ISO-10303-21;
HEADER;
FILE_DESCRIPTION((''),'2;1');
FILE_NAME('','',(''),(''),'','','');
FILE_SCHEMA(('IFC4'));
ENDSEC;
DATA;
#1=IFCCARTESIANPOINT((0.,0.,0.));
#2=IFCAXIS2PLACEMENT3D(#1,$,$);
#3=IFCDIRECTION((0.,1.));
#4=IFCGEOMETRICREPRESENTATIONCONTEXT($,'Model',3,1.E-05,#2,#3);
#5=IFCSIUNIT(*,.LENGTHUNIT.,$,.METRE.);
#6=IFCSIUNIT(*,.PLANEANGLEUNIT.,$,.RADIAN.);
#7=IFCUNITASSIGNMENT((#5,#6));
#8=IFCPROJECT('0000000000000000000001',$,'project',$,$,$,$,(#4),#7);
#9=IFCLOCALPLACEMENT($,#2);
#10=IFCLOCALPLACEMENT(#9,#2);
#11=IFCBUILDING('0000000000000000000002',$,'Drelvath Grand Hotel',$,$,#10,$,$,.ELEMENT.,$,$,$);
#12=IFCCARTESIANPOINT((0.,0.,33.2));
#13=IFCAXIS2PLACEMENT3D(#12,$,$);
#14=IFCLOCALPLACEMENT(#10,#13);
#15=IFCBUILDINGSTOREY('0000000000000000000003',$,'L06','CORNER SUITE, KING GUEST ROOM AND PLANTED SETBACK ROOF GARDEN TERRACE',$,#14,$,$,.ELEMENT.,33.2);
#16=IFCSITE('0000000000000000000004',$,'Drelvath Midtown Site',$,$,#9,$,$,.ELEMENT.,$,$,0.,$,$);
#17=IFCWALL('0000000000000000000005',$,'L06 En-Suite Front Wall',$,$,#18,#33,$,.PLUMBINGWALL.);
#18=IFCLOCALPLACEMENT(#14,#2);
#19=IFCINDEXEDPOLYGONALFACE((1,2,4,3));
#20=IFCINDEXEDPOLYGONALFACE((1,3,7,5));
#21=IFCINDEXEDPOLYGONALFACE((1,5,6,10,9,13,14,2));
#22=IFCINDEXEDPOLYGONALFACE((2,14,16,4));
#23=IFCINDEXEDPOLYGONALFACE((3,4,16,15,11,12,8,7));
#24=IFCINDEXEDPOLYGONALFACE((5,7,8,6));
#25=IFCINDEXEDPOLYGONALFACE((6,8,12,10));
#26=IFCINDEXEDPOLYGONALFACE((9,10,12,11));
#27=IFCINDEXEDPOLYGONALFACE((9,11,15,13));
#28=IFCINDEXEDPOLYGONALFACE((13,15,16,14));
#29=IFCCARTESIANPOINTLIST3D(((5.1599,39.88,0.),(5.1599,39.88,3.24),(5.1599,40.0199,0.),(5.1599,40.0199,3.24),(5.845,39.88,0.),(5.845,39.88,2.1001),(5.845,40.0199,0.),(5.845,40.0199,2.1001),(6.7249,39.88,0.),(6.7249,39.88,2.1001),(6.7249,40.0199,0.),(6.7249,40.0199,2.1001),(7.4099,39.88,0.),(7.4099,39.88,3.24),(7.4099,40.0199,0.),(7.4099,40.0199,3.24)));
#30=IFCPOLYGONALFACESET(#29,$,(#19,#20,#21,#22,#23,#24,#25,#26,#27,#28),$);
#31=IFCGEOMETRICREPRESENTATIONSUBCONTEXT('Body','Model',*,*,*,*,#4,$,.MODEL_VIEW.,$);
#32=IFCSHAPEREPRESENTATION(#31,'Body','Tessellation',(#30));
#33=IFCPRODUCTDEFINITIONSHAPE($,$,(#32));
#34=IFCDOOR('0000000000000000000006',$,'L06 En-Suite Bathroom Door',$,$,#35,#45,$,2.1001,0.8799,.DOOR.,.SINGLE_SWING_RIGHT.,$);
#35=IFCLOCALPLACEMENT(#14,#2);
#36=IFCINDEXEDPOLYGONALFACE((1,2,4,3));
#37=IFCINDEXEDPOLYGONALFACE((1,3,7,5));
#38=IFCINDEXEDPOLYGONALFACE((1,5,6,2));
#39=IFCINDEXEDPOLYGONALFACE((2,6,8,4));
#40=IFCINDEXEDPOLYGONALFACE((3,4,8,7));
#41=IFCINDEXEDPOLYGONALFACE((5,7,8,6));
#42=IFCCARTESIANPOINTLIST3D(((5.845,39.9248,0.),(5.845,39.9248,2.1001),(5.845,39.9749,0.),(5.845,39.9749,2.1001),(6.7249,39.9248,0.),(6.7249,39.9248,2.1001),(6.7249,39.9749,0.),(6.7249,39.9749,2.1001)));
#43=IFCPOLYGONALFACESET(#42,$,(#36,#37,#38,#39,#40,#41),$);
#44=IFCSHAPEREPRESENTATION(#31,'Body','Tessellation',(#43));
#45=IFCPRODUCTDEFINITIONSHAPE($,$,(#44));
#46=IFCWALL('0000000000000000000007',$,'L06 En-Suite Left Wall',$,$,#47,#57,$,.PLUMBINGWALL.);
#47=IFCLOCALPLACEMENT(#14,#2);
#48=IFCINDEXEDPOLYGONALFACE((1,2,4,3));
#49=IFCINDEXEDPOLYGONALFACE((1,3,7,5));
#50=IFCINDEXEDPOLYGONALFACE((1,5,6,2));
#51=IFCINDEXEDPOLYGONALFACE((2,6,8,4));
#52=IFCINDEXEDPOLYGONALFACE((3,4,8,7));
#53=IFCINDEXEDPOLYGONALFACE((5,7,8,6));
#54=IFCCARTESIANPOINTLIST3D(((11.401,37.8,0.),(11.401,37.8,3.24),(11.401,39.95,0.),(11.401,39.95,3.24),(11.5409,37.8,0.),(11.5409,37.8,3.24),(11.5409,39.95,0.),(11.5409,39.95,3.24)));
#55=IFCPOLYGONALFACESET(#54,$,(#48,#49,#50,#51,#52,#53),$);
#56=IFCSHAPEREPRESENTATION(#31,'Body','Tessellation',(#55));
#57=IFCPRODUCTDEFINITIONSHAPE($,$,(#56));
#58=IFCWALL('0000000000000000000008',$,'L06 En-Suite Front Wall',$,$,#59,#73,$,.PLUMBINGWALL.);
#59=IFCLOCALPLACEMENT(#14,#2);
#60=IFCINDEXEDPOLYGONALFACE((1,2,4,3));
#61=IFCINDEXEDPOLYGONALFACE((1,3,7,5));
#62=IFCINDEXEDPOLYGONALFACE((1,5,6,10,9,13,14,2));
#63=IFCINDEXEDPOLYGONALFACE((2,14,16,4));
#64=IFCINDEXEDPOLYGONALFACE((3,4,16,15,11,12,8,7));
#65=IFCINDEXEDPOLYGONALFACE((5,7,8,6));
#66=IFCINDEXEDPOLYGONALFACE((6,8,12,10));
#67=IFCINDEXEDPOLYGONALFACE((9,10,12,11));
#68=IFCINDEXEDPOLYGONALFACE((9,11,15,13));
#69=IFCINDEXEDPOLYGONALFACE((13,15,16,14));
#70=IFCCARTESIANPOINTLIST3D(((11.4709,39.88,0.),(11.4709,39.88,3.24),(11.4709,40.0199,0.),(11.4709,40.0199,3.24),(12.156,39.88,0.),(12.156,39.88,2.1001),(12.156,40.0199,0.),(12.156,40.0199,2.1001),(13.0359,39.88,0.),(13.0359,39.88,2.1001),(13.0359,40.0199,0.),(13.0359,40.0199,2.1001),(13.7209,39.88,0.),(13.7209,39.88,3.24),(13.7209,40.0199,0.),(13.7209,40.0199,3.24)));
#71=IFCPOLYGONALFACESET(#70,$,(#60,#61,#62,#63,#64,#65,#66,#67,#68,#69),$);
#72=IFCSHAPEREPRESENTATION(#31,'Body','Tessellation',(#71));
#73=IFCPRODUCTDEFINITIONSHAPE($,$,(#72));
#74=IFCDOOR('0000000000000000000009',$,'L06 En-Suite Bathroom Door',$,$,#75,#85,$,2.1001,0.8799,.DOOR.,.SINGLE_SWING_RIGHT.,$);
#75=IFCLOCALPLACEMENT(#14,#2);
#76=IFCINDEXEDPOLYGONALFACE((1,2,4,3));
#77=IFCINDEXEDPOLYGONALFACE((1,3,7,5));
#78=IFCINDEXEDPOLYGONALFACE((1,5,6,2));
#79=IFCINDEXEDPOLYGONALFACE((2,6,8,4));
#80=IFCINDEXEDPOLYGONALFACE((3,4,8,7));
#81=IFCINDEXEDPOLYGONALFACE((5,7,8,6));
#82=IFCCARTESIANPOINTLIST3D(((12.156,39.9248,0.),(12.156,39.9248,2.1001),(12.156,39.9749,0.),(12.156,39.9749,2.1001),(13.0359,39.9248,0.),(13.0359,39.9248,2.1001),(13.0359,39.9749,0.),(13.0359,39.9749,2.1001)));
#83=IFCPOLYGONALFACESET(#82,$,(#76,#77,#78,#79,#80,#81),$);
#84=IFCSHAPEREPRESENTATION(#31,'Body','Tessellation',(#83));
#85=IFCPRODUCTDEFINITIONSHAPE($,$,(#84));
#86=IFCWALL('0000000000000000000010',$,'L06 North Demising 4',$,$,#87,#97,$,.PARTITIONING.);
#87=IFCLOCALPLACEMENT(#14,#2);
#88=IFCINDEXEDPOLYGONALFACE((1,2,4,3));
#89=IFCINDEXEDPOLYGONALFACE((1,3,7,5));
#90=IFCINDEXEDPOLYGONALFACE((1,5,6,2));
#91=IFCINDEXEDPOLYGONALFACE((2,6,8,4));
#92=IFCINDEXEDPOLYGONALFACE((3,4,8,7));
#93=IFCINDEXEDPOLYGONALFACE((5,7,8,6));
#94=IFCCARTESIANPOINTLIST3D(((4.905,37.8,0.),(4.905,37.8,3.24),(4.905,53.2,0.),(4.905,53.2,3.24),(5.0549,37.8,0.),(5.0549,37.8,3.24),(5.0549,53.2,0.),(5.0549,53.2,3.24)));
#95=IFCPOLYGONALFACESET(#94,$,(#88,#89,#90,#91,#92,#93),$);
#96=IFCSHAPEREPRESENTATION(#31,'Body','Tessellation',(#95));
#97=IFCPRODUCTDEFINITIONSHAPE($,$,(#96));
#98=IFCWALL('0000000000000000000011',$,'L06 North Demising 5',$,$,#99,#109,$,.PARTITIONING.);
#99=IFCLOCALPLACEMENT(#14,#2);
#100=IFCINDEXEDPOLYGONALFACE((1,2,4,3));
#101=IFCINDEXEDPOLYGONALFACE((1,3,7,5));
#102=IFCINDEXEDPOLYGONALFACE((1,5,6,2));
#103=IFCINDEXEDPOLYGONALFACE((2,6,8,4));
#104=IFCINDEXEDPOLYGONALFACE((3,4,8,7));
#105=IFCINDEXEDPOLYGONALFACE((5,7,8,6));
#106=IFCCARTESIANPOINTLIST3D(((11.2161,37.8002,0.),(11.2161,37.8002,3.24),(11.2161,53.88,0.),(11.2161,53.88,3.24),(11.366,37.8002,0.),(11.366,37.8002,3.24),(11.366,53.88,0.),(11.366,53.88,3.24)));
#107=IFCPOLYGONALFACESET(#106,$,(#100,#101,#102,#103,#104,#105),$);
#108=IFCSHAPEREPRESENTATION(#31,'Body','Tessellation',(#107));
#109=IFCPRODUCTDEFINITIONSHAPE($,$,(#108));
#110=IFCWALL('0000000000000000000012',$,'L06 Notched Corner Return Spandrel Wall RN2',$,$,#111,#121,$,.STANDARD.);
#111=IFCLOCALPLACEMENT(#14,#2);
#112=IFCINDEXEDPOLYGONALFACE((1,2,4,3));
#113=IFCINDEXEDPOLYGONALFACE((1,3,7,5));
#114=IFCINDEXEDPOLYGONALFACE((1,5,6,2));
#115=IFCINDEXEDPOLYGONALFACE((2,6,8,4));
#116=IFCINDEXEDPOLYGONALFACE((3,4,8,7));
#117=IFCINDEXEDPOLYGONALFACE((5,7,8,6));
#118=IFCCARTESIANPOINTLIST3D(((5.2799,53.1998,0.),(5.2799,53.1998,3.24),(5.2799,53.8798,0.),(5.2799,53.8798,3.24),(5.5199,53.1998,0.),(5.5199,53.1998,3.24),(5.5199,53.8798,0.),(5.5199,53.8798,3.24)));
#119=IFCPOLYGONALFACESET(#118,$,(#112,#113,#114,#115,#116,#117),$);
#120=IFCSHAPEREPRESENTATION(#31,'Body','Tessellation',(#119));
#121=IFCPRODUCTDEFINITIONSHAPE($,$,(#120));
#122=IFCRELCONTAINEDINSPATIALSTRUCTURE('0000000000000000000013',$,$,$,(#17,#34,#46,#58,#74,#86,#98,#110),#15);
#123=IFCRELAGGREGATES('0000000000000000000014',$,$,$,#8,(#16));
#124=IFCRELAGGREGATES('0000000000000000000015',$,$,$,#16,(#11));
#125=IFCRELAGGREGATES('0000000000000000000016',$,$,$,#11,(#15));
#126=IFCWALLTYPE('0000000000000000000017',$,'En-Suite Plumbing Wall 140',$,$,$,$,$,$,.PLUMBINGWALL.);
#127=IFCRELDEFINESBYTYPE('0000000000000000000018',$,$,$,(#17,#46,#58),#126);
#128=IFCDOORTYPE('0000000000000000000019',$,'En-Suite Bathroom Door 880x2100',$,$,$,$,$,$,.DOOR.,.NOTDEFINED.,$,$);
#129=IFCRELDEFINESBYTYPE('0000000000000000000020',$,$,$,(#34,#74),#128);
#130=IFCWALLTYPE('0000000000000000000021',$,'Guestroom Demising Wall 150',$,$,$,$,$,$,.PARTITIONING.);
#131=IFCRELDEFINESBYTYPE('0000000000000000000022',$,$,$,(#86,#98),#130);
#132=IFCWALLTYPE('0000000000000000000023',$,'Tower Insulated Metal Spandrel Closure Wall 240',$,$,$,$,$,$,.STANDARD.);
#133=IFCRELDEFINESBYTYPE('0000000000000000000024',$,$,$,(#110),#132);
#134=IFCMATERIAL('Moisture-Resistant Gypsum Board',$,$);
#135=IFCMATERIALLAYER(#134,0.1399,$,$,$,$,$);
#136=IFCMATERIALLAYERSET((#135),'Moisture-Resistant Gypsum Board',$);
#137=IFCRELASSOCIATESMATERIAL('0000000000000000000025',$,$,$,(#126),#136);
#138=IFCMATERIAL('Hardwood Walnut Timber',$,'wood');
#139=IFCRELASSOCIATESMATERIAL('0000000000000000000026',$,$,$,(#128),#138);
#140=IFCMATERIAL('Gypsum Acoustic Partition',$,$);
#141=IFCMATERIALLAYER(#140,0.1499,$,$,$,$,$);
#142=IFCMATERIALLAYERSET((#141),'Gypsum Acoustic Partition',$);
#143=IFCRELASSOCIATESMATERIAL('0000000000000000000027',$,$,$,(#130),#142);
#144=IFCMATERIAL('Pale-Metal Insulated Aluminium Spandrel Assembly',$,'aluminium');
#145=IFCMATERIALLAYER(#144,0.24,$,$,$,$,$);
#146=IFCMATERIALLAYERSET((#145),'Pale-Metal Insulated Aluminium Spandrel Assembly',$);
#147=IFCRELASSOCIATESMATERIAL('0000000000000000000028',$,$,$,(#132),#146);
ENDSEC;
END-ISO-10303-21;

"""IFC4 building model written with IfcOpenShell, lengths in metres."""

from ifc_helpers import new_model, si_unit, direction, frame, frame_2d, origin, place, context, subcontext, project, spatial, rectangle, extrude, material, layer, layer_set, type_object, element, fill, save


model = new_model("IFC4")

# Units and contexts
model_context = context("Model", 3, precision=1e-05, world=origin(), true_north=direction((0.0, 1.0)))
body_context = subcontext(model_context, "Body", "Model", "MODEL_VIEW")
ifc_project = project(units=[si_unit("LENGTHUNIT", "METRE"), si_unit("PLANEANGLEUNIT", "RADIAN")], contexts=[model_context])

# Site, building, storey
site_placement = place(None, origin())
site = spatial("IfcSite", under=ifc_project, at=site_placement, Name="Drelvath Midtown Site", CompositionType="ELEMENT", RefElevation=0.0)
building_placement = place(site_placement, origin())
building = spatial("IfcBuilding", under=site, at=building_placement, Name="Drelvath Grand Hotel", CompositionType="ELEMENT")
storey_placement = place(building_placement, frame((0.0, 0.0, 33.2)))
storey = spatial("IfcBuildingStorey", under=building, at=storey_placement, Name="L06", Description="CORNER SUITE, KING GUEST ROOM AND PLANTED SETBACK ROOF GARDEN TERRACE", CompositionType="ELEMENT", Elevation=33.2)

# Shared definitions
ifc_material_1 = material(Name="Moisture-Resistant Gypsum Board")
ifc_layer_1 = layer(ifc_material_1, 0.1399)
ifc_layer_set_1 = layer_set([ifc_layer_1], Name="Moisture-Resistant Gypsum Board")
wall_type_1 = type_object("IfcWallType", Name="En-Suite Plumbing Wall 140", PredefinedType="PLUMBINGWALL", material=ifc_layer_set_1)

# Shared definitions
ifc_material_2 = material(Name="Hardwood Walnut Timber", Category="wood")
door_type = type_object("IfcDoorType", Name="En-Suite Bathroom Door 880x2100", OperationType="NOTDEFINED", PredefinedType="DOOR", material=ifc_material_2)

# Wall, opening, door
wall_1_placement = place(storey_placement, frame((5.1599, 39.95, 0.0), z_axis=(0.0, 0.0, 1.0), x_axis=(1.0, 0.0, 0.0)))
wall_1 = element("IfcWall", 1, at=wall_1_placement, inside=storey, type_object=wall_type_1, Name="L06 En-Suite Front Wall", PredefinedType="PLUMBINGWALL", context=body_context, shape_type="SweptSolid", body=[
    extrude(rectangle(XDim=2.25, YDim=0.1399, at=frame_2d((1.125, 0.0))), origin(), (0.0, 0.0, 1.0), 3.24),
])
opening_1_placement = place(wall_1_placement, frame((0.6851, 0.0, 0.0)))
opening_1 = element("IfcOpeningElement", 2, at=opening_1_placement, cuts=wall_1, PredefinedType="OPENING", context=body_context, shape_type="SweptSolid", body=[
    extrude(rectangle(XDim=0.8799, YDim=2.1001, at=frame_2d((0.4399, 1.05))), frame((0.0, 0.0798, 0.0), z_axis=(0.0, -1.0, 0.0), x_axis=(1.0, 0.0, 0.0)), (0.0, 0.0, 1.0), 0.1599),
])
door_1_placement = place(opening_1_placement, origin())
door_1 = element("IfcDoor", 3, at=door_1_placement, inside=storey, type_object=door_type, Name="L06 En-Suite Bathroom Door", OperationType="SINGLE_SWING_RIGHT", OverallHeight=2.1001, OverallWidth=0.8799, PredefinedType="DOOR", context=body_context, shape_type="SweptSolid", body=[
    extrude(rectangle(XDim=0.8799, YDim=2.1001, at=frame_2d((0.4399, 1.05))), frame((0.0, 0.0249, 0.0), z_axis=(0.0, -1.0, 0.0), x_axis=(1.0, 0.0, 0.0)), (0.0, 0.0, 1.0), 0.05),
])
fill(opening_1, door_1)

# Wall
wall_2_placement = place(storey_placement, frame((11.4709, 37.8, 0.0), z_axis=(0.0, 0.0, 1.0), x_axis=(0.0, 1.0, 0.0)))
element("IfcWall", 4, at=wall_2_placement, inside=storey, type_object=wall_type_1, Name="L06 En-Suite Left Wall", PredefinedType="PLUMBINGWALL", context=body_context, shape_type="SweptSolid", body=[
    extrude(rectangle(XDim=2.1499, YDim=0.1399, at=frame_2d((1.075, 0.0))), origin(), (0.0, 0.0, 1.0), 3.24),
])

# Wall, opening, door
wall_3_placement = place(storey_placement, frame((11.4709, 39.95, 0.0), z_axis=(0.0, 0.0, 1.0), x_axis=(1.0, 0.0, 0.0)))
wall_3 = element("IfcWall", 5, at=wall_3_placement, inside=storey, type_object=wall_type_1, Name="L06 En-Suite Front Wall", PredefinedType="PLUMBINGWALL", context=body_context, shape_type="SweptSolid", body=[
    extrude(rectangle(XDim=2.25, YDim=0.1399, at=frame_2d((1.125, 0.0))), origin(), (0.0, 0.0, 1.0), 3.24),
])
opening_2_placement = place(wall_3_placement, frame((0.6851, 0.0, 0.0)))
opening_2 = element("IfcOpeningElement", 6, at=opening_2_placement, cuts=wall_3, PredefinedType="OPENING", context=body_context, shape_type="SweptSolid", body=[
    extrude(rectangle(XDim=0.8799, YDim=2.1001, at=frame_2d((0.4399, 1.05))), frame((0.0, 0.0798, 0.0), z_axis=(0.0, -1.0, 0.0), x_axis=(1.0, 0.0, 0.0)), (0.0, 0.0, 1.0), 0.1599),
])
door_2_placement = place(opening_2_placement, origin())
door_2 = element("IfcDoor", 7, at=door_2_placement, inside=storey, type_object=door_type, Name="L06 En-Suite Bathroom Door", OperationType="SINGLE_SWING_RIGHT", OverallHeight=2.1001, OverallWidth=0.8799, PredefinedType="DOOR", context=body_context, shape_type="SweptSolid", body=[
    extrude(rectangle(XDim=0.8799, YDim=2.1001, at=frame_2d((0.4399, 1.05))), frame((0.0, 0.0249, 0.0), z_axis=(0.0, -1.0, 0.0), x_axis=(1.0, 0.0, 0.0)), (0.0, 0.0, 1.0), 0.05),
])
fill(opening_2, door_2)

# Walls
ifc_material_3 = material(Name="Gypsum Acoustic Partition")
ifc_layer_2 = layer(ifc_material_3, 0.1499)
ifc_layer_set_2 = layer_set([ifc_layer_2], Name="Gypsum Acoustic Partition")
wall_type_2 = type_object("IfcWallType", Name="Guestroom Demising Wall 150", PredefinedType="PARTITIONING", material=ifc_layer_set_2)
wall_4_placement = place(storey_placement, frame((4.98, 37.8, 0.0), z_axis=(0.0, 0.0, 1.0), x_axis=(0.0, 1.0, 0.0)))
element("IfcWall", 8, at=wall_4_placement, inside=storey, type_object=wall_type_2, Name="L06 North Demising 4", PredefinedType="PARTITIONING", context=body_context, shape_type="SweptSolid", body=[
    extrude(rectangle(XDim=15.3999, YDim=0.1499, at=frame_2d((7.7, 0.0))), origin(), (0.0, 0.0, 1.0), 3.24),
])
wall_5_placement = place(storey_placement, frame((11.291, 37.8, 0.0), z_axis=(0.0, 0.0, 1.0), x_axis=(0.0, 1.0, 0.0)))
element("IfcWall", 9, at=wall_5_placement, inside=storey, type_object=wall_type_2, Name="L06 North Demising 5", PredefinedType="PARTITIONING", context=body_context, shape_type="SweptSolid", body=[
    extrude(rectangle(XDim=16.0798, YDim=0.1499, at=frame_2d((8.04, 0.0))), origin(), (0.0, 0.0, 1.0), 3.24),
])
ifc_material_4 = material(Name="Pale-Metal Insulated Aluminium Spandrel Assembly", Category="aluminium")
ifc_layer_3 = layer(ifc_material_4, 0.24)
ifc_layer_set_3 = layer_set([ifc_layer_3], Name="Pale-Metal Insulated Aluminium Spandrel Assembly")
wall_type_3 = type_object("IfcWallType", Name="Tower Insulated Metal Spandrel Closure Wall 240", PredefinedType="STANDARD", material=ifc_layer_set_3)
wall_6_placement = place(storey_placement, frame((5.3999, 53.2, 0.0), z_axis=(0.0, 0.0, 1.0), x_axis=(0.0, 1.0, 0.0)))
element("IfcWall", 10, at=wall_6_placement, inside=storey, type_object=wall_type_3, Name="L06 Notched Corner Return Spandrel Wall RN2", PredefinedType="STANDARD", context=body_context, shape_type="SweptSolid", body=[
    extrude(rectangle(XDim=0.6799, YDim=0.24, at=frame_2d((0.3398, 0.0))), origin(), (0.0, 0.0, 1.0), 3.24),
])

save(model, "model.ifc")
